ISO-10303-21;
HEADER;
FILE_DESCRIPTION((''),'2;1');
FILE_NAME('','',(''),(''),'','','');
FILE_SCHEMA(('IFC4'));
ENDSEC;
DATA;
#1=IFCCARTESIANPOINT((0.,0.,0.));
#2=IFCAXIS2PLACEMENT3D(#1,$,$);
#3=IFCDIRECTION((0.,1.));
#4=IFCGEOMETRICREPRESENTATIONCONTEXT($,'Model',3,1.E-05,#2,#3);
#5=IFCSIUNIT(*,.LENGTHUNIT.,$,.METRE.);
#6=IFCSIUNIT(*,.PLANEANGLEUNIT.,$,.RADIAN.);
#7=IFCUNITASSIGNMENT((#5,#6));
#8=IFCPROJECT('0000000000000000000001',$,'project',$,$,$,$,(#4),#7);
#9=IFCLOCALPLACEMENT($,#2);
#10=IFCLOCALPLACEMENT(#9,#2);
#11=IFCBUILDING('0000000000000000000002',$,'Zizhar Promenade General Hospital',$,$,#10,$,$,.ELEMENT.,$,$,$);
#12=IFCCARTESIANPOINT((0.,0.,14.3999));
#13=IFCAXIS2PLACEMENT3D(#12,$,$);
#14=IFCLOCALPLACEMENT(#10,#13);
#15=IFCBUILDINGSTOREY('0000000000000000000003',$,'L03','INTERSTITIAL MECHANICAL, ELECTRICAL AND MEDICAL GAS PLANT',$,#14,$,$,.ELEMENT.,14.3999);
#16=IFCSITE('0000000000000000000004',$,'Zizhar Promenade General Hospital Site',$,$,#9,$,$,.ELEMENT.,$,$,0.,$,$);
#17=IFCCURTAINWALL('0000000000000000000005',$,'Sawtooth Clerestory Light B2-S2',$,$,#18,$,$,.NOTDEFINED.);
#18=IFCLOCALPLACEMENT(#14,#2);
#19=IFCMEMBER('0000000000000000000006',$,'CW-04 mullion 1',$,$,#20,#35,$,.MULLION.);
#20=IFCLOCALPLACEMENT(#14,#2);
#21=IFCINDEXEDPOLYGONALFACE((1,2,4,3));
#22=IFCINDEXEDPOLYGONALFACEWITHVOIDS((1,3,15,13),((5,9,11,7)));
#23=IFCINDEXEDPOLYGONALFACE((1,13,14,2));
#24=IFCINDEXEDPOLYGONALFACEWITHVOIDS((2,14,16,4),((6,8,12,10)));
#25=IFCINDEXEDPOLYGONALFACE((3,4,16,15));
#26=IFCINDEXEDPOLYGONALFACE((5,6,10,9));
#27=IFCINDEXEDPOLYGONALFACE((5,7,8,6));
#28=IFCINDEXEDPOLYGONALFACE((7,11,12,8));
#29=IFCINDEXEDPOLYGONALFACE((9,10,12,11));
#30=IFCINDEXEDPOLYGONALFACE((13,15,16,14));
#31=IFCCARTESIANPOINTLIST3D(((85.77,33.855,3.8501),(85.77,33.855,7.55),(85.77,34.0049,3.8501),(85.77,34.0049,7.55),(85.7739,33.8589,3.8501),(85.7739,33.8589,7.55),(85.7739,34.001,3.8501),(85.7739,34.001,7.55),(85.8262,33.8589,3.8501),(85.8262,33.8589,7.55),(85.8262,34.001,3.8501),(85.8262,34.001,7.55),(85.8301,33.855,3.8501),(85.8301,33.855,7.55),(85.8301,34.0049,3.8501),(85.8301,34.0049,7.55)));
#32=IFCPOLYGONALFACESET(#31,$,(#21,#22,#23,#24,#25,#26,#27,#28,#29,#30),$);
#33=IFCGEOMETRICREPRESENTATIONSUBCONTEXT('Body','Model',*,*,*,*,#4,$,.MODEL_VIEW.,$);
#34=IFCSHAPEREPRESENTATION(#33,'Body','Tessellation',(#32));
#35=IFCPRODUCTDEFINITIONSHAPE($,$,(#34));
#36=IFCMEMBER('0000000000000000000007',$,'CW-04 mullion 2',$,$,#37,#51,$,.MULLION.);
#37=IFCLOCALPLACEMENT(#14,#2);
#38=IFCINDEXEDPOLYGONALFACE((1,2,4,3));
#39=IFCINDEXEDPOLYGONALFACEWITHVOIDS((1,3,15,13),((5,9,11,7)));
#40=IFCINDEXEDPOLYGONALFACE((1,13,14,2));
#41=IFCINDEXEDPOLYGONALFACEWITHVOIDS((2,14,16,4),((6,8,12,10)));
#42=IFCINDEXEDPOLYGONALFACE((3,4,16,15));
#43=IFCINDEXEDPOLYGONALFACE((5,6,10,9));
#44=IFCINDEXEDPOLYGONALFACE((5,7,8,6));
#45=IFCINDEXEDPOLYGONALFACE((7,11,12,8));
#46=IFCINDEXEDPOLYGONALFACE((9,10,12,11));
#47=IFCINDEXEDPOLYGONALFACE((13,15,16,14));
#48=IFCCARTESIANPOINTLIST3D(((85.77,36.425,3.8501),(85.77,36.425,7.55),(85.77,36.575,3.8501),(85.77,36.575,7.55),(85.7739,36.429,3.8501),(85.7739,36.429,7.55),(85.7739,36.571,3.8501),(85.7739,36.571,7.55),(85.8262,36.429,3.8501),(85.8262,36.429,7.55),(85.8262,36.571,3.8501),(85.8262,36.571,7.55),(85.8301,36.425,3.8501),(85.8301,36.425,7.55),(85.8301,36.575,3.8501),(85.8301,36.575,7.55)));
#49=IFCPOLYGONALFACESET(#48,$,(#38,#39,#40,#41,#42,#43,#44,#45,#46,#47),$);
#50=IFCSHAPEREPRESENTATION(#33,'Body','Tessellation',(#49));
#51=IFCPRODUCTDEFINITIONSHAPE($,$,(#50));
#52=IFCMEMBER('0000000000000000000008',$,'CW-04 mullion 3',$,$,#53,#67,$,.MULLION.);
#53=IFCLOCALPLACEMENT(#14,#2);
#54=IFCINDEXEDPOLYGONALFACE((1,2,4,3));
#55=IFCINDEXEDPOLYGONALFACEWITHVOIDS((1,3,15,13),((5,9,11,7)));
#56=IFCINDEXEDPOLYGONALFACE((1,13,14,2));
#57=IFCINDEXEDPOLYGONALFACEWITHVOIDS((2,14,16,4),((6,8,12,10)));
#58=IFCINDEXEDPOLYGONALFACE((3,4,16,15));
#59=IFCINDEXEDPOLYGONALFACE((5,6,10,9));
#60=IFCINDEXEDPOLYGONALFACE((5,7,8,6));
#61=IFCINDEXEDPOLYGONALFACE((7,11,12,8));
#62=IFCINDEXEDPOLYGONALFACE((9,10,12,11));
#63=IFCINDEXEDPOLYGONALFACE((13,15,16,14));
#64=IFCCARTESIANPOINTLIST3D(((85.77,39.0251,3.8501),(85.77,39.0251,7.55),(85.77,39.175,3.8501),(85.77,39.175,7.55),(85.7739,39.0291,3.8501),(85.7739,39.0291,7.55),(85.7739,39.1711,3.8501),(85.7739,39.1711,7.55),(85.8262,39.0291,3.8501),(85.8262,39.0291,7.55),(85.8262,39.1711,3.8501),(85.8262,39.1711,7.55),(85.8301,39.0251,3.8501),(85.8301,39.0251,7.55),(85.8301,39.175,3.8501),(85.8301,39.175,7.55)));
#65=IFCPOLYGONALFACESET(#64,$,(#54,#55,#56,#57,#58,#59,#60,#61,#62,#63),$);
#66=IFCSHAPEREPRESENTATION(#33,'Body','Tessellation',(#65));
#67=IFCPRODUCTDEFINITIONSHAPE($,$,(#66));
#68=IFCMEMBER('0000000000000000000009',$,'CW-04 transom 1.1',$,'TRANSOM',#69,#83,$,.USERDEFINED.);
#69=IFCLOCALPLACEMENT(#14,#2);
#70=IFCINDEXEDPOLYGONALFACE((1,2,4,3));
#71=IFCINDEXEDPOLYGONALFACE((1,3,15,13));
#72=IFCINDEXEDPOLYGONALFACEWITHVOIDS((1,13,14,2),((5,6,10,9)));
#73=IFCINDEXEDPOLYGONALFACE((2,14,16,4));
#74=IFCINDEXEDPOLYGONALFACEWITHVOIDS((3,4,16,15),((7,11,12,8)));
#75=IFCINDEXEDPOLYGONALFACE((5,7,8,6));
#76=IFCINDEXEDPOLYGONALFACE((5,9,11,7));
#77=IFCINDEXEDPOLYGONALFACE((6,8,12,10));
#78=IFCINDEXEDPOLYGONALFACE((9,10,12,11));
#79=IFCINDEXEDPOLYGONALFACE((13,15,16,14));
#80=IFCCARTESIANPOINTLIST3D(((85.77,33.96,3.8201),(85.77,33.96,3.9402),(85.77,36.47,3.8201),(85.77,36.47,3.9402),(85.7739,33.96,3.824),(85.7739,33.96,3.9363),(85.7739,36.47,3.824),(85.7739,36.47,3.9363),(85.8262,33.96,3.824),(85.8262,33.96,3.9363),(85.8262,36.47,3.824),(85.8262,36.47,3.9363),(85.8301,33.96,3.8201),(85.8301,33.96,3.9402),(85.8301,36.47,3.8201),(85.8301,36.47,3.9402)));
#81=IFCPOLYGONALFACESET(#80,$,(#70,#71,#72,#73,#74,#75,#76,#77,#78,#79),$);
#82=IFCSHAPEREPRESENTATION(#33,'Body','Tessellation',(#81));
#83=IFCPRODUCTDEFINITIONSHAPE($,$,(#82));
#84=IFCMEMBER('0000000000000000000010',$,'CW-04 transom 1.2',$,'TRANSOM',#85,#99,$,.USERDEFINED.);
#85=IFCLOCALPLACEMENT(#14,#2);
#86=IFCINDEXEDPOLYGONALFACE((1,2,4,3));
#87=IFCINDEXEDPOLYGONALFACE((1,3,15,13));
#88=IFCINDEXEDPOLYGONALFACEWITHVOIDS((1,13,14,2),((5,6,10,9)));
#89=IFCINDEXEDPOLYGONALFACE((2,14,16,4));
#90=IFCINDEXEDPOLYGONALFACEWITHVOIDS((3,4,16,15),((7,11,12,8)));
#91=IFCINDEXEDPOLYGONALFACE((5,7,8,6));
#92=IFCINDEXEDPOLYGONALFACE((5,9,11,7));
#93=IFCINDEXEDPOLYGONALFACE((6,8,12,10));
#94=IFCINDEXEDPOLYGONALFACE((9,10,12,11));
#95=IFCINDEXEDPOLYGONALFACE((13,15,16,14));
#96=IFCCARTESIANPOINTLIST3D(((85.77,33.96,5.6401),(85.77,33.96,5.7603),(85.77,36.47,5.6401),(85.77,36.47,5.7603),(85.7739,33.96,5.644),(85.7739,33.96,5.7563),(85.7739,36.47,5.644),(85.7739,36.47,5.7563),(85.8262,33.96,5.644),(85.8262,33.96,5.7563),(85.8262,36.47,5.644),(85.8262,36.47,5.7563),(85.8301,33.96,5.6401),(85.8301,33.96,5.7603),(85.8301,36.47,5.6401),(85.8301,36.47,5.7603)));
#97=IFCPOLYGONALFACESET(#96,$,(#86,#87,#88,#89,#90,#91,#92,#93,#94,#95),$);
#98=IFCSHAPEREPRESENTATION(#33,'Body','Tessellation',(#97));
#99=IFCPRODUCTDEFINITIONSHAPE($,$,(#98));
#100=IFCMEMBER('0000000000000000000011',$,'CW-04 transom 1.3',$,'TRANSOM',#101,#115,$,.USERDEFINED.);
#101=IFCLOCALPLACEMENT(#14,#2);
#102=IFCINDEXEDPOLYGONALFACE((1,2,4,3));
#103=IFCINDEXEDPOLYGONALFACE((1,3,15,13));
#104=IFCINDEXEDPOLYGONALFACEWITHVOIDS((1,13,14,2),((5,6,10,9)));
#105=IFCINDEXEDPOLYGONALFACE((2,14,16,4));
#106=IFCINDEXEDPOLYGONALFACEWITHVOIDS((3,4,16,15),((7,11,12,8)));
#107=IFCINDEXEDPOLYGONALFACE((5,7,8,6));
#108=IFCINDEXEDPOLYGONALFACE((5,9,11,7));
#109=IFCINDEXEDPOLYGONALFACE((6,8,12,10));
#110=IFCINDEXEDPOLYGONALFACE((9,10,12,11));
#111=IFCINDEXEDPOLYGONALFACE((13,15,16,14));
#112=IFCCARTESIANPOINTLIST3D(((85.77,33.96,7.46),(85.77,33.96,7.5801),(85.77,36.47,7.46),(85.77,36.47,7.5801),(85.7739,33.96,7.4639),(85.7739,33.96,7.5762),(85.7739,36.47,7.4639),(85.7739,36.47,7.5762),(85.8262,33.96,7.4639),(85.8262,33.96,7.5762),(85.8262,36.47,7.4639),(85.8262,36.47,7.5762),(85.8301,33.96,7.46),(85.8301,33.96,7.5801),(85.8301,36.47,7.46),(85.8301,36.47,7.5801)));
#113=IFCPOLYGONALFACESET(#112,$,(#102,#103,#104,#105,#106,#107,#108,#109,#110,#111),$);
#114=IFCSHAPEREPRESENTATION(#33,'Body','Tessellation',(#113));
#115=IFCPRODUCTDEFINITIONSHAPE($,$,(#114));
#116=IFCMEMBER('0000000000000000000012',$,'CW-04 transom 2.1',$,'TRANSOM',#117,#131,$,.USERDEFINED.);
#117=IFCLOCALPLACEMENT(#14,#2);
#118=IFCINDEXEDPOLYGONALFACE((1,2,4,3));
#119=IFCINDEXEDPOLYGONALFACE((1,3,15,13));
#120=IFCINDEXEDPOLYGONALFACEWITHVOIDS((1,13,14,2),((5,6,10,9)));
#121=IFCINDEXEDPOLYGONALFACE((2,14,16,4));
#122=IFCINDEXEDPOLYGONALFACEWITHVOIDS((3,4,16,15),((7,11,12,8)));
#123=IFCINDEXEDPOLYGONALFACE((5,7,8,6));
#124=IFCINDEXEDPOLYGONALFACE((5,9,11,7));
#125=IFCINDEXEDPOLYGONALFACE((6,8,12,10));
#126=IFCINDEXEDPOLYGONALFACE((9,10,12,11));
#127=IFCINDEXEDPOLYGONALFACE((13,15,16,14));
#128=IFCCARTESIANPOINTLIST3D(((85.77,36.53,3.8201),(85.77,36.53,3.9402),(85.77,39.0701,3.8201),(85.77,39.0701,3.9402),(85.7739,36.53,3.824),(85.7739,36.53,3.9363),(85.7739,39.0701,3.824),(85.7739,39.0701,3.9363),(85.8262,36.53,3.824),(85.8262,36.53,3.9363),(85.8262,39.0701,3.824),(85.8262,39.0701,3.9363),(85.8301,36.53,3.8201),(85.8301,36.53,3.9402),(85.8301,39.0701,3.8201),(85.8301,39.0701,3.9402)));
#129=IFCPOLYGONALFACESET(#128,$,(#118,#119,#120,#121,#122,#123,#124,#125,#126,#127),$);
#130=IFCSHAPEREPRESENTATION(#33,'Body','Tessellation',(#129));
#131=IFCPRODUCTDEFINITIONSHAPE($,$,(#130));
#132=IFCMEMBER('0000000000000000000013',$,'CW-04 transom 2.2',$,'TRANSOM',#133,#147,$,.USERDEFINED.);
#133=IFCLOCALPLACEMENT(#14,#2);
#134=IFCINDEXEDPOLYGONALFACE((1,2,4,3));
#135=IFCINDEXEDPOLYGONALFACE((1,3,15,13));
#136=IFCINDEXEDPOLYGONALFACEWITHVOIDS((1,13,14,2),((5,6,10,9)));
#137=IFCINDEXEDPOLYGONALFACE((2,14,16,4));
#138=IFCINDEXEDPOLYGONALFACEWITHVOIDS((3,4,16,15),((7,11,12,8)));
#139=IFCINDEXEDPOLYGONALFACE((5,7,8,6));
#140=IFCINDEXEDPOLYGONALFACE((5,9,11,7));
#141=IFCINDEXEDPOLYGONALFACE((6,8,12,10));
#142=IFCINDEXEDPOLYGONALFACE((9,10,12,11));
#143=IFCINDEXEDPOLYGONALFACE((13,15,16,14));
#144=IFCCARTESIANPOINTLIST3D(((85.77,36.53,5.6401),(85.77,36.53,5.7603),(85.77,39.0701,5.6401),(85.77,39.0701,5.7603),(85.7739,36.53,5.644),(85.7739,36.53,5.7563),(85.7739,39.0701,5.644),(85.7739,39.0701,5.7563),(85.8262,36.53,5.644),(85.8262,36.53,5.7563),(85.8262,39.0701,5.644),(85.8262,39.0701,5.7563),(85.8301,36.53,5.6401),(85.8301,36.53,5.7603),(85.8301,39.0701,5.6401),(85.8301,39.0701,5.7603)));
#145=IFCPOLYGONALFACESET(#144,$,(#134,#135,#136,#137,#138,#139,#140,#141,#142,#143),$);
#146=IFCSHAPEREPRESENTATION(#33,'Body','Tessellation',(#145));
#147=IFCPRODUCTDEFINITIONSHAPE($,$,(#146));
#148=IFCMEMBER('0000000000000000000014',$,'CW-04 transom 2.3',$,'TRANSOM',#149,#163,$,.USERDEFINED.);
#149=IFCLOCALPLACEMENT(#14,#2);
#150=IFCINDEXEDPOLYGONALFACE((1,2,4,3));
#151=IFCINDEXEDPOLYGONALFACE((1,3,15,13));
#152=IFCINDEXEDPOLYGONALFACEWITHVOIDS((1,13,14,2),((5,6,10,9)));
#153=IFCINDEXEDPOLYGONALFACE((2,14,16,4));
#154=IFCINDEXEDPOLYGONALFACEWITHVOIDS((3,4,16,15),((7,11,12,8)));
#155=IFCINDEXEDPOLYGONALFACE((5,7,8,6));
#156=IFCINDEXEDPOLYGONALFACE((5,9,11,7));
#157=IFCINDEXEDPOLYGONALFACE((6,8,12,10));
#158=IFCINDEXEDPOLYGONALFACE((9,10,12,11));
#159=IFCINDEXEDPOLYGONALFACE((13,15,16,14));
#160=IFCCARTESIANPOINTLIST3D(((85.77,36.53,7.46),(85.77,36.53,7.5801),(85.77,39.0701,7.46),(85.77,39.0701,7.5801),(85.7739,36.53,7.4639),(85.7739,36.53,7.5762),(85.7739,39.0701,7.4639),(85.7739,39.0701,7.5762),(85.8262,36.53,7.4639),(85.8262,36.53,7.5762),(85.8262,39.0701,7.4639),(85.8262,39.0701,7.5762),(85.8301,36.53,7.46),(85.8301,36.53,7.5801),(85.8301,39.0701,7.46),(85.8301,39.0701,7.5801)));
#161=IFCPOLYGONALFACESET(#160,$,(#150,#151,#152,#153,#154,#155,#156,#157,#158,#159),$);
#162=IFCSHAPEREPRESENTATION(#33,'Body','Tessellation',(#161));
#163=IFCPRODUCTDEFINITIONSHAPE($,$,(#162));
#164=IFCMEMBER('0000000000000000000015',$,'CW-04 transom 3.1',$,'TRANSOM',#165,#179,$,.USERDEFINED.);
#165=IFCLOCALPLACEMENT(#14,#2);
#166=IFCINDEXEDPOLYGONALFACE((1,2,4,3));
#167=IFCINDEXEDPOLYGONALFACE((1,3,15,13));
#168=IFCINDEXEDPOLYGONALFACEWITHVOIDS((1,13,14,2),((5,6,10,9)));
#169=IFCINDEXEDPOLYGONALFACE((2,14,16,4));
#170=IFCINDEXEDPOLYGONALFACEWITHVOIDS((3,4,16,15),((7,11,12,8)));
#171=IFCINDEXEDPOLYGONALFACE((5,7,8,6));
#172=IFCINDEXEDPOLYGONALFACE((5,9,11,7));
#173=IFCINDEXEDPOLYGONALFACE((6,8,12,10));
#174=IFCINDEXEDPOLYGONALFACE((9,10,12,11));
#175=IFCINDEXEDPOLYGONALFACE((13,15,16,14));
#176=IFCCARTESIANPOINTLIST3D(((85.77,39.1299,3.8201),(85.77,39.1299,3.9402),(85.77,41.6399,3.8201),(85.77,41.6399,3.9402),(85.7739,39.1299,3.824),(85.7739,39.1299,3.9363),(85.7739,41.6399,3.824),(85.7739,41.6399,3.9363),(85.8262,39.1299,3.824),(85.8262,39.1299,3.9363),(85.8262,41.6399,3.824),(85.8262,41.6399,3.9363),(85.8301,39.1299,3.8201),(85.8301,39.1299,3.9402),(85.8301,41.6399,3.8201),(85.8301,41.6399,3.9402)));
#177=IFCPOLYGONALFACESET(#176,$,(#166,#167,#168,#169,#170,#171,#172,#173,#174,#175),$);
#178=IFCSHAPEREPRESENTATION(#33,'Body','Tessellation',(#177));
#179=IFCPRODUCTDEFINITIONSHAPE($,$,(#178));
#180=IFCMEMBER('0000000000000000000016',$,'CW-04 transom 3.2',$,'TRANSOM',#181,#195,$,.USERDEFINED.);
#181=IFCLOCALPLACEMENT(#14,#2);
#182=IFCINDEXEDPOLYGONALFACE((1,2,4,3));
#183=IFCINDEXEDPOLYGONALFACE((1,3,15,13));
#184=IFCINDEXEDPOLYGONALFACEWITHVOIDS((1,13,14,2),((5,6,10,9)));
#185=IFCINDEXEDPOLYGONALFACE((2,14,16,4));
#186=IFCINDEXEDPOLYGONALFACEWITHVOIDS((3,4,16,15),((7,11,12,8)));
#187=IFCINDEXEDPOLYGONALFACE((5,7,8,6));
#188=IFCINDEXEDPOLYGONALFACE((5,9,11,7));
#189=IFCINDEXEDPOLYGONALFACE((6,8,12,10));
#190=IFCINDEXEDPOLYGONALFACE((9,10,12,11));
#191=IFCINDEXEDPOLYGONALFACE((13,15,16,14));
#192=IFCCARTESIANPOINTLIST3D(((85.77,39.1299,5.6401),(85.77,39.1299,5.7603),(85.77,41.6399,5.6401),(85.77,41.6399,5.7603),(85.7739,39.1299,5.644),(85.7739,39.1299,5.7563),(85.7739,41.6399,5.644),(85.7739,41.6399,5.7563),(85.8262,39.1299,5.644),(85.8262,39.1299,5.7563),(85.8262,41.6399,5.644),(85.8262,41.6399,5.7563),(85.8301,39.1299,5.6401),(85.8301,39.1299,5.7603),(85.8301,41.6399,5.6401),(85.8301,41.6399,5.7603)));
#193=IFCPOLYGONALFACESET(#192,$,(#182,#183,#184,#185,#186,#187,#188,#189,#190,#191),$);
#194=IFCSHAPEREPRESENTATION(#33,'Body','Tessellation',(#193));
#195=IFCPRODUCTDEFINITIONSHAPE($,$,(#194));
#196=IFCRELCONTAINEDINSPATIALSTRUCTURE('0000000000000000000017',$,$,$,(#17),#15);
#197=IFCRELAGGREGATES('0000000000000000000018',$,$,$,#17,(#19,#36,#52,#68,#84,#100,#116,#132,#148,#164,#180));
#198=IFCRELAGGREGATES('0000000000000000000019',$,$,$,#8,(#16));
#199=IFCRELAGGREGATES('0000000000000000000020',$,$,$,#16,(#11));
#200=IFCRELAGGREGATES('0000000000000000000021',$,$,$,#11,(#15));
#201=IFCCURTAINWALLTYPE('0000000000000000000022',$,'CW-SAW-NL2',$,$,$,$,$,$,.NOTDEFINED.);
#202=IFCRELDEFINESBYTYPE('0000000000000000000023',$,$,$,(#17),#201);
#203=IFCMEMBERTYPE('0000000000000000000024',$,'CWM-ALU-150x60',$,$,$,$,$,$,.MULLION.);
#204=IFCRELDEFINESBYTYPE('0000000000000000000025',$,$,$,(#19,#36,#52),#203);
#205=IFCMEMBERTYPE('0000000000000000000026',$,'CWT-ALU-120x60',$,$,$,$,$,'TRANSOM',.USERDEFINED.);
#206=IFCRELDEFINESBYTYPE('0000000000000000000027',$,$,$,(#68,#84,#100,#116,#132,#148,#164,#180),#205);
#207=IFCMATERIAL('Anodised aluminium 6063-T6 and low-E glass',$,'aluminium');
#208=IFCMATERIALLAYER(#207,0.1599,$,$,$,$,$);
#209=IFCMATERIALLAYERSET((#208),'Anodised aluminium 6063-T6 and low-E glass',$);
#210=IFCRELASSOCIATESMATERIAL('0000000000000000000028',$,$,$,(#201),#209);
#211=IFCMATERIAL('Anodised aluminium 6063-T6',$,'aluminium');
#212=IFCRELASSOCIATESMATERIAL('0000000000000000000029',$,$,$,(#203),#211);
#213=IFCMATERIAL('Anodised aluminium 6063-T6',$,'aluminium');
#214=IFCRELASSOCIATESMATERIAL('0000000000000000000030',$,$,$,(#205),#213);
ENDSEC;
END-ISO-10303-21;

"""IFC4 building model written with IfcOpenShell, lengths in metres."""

from ifc_helpers import new_model, si_unit, direction, frame, origin, origin_2d, place, context, subcontext, project, spatial, hollow_rectangle, extrude, material, layer, layer_set, material_profile, profile_set, type_object, element, aggregate, save


model = new_model("IFC4")

# Units and contexts
model_context = context("Model", 3, precision=1e-05, world=origin(), true_north=direction((0.0, 1.0)))
body_context = subcontext(model_context, "Body", "Model", "MODEL_VIEW")
ifc_project = project(units=[si_unit("LENGTHUNIT", "METRE"), si_unit("PLANEANGLEUNIT", "RADIAN")], contexts=[model_context])

# Site, building, storey
site_placement = place(None, origin())
site = spatial("IfcSite", under=ifc_project, at=site_placement, Name="Zizhar Promenade General Hospital Site", CompositionType="ELEMENT", RefElevation=0.0)
building_placement = place(site_placement, origin())
building = spatial("IfcBuilding", under=site, at=building_placement, Name="Zizhar Promenade General Hospital", CompositionType="ELEMENT")
storey_placement = place(building_placement, frame((0.0, 0.0, 14.3999)))
storey = spatial("IfcBuildingStorey", under=building, at=storey_placement, Name="L03", Description="INTERSTITIAL MECHANICAL, ELECTRICAL AND MEDICAL GAS PLANT", CompositionType="ELEMENT", Elevation=14.3999)

# Curtain wall, members
ifc_material_1 = material(Name="Anodised aluminium 6063-T6 and low-E glass", Category="aluminium")
ifc_layer_1 = layer(ifc_material_1, 0.1599)
ifc_layer_set_1 = layer_set([ifc_layer_1], Name="Anodised aluminium 6063-T6 and low-E glass")
curtain_wall_type = type_object("IfcCurtainWallType", Name="CW-SAW-NL2", PredefinedType="NOTDEFINED", material=ifc_layer_set_1)
curtain_wall_placement = place(storey_placement, origin())
curtain_wall = element("IfcCurtainWall", 1, at=curtain_wall_placement, inside=storey, type_object=curtain_wall_type, Name="Sawtooth Clerestory Light B2-S2", PredefinedType="NOTDEFINED")
ifc_material_2 = material(Name="Anodised aluminium 6063-T6", Category="aluminium")
ifc_material_profile_1 = material_profile(ifc_material_2, hollow_rectangle(XDim=0.0601, YDim=0.1499, WallThickness=0.0039, at=origin_2d()))
ifc_profile_set_1 = profile_set([ifc_material_profile_1], Name="Anodised aluminium 6063-T6")
member_type_1 = type_object("IfcMemberType", Name="CWM-ALU-150x60", PredefinedType="MULLION", material=ifc_profile_set_1)
member_1_placement = place(storey_placement, frame((85.8, 33.9299, 3.8501), z_axis=(0.0, 0.0, 1.0), x_axis=(-1.0, 0.0, 0.0)))
member_1 = element("IfcMember", 2, at=member_1_placement, type_object=member_type_1, Name="CW-04 mullion 1", PredefinedType="MULLION", context=body_context, shape_type="SweptSolid", body=[
    extrude(hollow_rectangle(XDim=0.0601, YDim=0.1499, WallThickness=0.0039, at=origin_2d()), origin(), (0.0, 0.0, 1.0), 3.7),
])
member_2_placement = place(storey_placement, frame((85.8, 36.5, 3.8501), z_axis=(0.0, 0.0, 1.0), x_axis=(-1.0, 0.0, 0.0)))
member_2 = element("IfcMember", 3, at=member_2_placement, type_object=member_type_1, Name="CW-04 mullion 2", PredefinedType="MULLION", context=body_context, shape_type="SweptSolid", body=[
    extrude(hollow_rectangle(XDim=0.0601, YDim=0.1499, WallThickness=0.0039, at=origin_2d()), origin(), (0.0, 0.0, 1.0), 3.7),
])
member_3_placement = place(storey_placement, frame((85.8, 39.1001, 3.8501), z_axis=(0.0, 0.0, 1.0), x_axis=(-1.0, 0.0, 0.0)))
member_3 = element("IfcMember", 4, at=member_3_placement, type_object=member_type_1, Name="CW-04 mullion 3", PredefinedType="MULLION", context=body_context, shape_type="SweptSolid", body=[
    extrude(hollow_rectangle(XDim=0.0601, YDim=0.1499, WallThickness=0.0039, at=origin_2d()), origin(), (0.0, 0.0, 1.0), 3.7),
])
ifc_material_3 = material(Name="Anodised aluminium 6063-T6", Category="aluminium")
ifc_material_profile_2 = material_profile(ifc_material_3, hollow_rectangle(XDim=0.0601, YDim=0.1201, WallThickness=0.0039, at=origin_2d()))
ifc_profile_set_2 = profile_set([ifc_material_profile_2], Name="Anodised aluminium 6063-T6")
member_type_2 = type_object("IfcMemberType", Name="CWT-ALU-120x60", ElementType="TRANSOM", PredefinedType="USERDEFINED", material=ifc_profile_set_2)
member_4_placement = place(storey_placement, frame((85.8, 33.96, 3.8801), z_axis=(0.0, 1.0, 0.0), x_axis=(-1.0, 0.0, 0.0)))
member_4 = element("IfcMember", 5, at=member_4_placement, type_object=member_type_2, Name="CW-04 transom 1.1", ObjectType="TRANSOM", PredefinedType="USERDEFINED", context=body_context, shape_type="SweptSolid", body=[
    extrude(hollow_rectangle(XDim=0.0601, YDim=0.1201, WallThickness=0.0039, at=origin_2d()), origin(), (0.0, 0.0, 1.0), 2.51),
])
member_5_placement = place(storey_placement, frame((85.8, 33.96, 5.7002), z_axis=(0.0, 1.0, 0.0), x_axis=(-1.0, 0.0, 0.0)))
member_5 = element("IfcMember", 6, at=member_5_placement, type_object=member_type_2, Name="CW-04 transom 1.2", ObjectType="TRANSOM", PredefinedType="USERDEFINED", context=body_context, shape_type="SweptSolid", body=[
    extrude(hollow_rectangle(XDim=0.0601, YDim=0.1201, WallThickness=0.0039, at=origin_2d()), origin(), (0.0, 0.0, 1.0), 2.51),
])
member_6_placement = place(storey_placement, frame((85.8, 33.96, 7.52), z_axis=(0.0, 1.0, 0.0), x_axis=(-1.0, 0.0, 0.0)))
member_6 = element("IfcMember", 7, at=member_6_placement, type_object=member_type_2, Name="CW-04 transom 1.3", ObjectType="TRANSOM", PredefinedType="USERDEFINED", context=body_context, shape_type="SweptSolid", body=[
    extrude(hollow_rectangle(XDim=0.0601, YDim=0.1201, WallThickness=0.0039, at=origin_2d()), origin(), (0.0, 0.0, 1.0), 2.51),
])
member_7_placement = place(storey_placement, frame((85.8, 36.53, 3.8801), z_axis=(0.0, 1.0, 0.0), x_axis=(-1.0, 0.0, 0.0)))
member_7 = element("IfcMember", 8, at=member_7_placement, type_object=member_type_2, Name="CW-04 transom 2.1", ObjectType="TRANSOM", PredefinedType="USERDEFINED", context=body_context, shape_type="SweptSolid", body=[
    extrude(hollow_rectangle(XDim=0.0601, YDim=0.1201, WallThickness=0.0039, at=origin_2d()), origin(), (0.0, 0.0, 1.0), 2.54),
])
member_8_placement = place(storey_placement, frame((85.8, 36.53, 5.7002), z_axis=(0.0, 1.0, 0.0), x_axis=(-1.0, 0.0, 0.0)))
member_8 = element("IfcMember", 9, at=member_8_placement, type_object=member_type_2, Name="CW-04 transom 2.2", ObjectType="TRANSOM", PredefinedType="USERDEFINED", context=body_context, shape_type="SweptSolid", body=[
    extrude(hollow_rectangle(XDim=0.0601, YDim=0.1201, WallThickness=0.0039, at=origin_2d()), origin(), (0.0, 0.0, 1.0), 2.54),
])
member_9_placement = place(storey_placement, frame((85.8, 36.53, 7.52), z_axis=(0.0, 1.0, 0.0), x_axis=(-1.0, 0.0, 0.0)))
member_9 = element("IfcMember", 10, at=member_9_placement, type_object=member_type_2, Name="CW-04 transom 2.3", ObjectType="TRANSOM", PredefinedType="USERDEFINED", context=body_context, shape_type="SweptSolid", body=[
    extrude(hollow_rectangle(XDim=0.0601, YDim=0.1201, WallThickness=0.0039, at=origin_2d()), origin(), (0.0, 0.0, 1.0), 2.54),
])
member_10_placement = place(storey_placement, frame((85.8, 39.1299, 3.8801), z_axis=(0.0, 1.0, 0.0), x_axis=(-1.0, 0.0, 0.0)))
member_10 = element("IfcMember", 11, at=member_10_placement, type_object=member_type_2, Name="CW-04 transom 3.1", ObjectType="TRANSOM", PredefinedType="USERDEFINED", context=body_context, shape_type="SweptSolid", body=[
    extrude(hollow_rectangle(XDim=0.0601, YDim=0.1201, WallThickness=0.0039, at=origin_2d()), origin(), (0.0, 0.0, 1.0), 2.51),
])
member_11_placement = place(storey_placement, frame((85.8, 39.1299, 5.7002), z_axis=(0.0, 1.0, 0.0), x_axis=(-1.0, 0.0, 0.0)))
member_11 = element("IfcMember", 12, at=member_11_placement, type_object=member_type_2, Name="CW-04 transom 3.2", ObjectType="TRANSOM", PredefinedType="USERDEFINED", context=body_context, shape_type="SweptSolid", body=[
    extrude(hollow_rectangle(XDim=0.0601, YDim=0.1201, WallThickness=0.0039, at=origin_2d()), origin(), (0.0, 0.0, 1.0), 2.51),
])

aggregate(curtain_wall, [member_1, member_2, member_3, member_4, member_5, member_6, member_7, member_8, member_9, member_10, member_11])

save(model, "model.ifc")
